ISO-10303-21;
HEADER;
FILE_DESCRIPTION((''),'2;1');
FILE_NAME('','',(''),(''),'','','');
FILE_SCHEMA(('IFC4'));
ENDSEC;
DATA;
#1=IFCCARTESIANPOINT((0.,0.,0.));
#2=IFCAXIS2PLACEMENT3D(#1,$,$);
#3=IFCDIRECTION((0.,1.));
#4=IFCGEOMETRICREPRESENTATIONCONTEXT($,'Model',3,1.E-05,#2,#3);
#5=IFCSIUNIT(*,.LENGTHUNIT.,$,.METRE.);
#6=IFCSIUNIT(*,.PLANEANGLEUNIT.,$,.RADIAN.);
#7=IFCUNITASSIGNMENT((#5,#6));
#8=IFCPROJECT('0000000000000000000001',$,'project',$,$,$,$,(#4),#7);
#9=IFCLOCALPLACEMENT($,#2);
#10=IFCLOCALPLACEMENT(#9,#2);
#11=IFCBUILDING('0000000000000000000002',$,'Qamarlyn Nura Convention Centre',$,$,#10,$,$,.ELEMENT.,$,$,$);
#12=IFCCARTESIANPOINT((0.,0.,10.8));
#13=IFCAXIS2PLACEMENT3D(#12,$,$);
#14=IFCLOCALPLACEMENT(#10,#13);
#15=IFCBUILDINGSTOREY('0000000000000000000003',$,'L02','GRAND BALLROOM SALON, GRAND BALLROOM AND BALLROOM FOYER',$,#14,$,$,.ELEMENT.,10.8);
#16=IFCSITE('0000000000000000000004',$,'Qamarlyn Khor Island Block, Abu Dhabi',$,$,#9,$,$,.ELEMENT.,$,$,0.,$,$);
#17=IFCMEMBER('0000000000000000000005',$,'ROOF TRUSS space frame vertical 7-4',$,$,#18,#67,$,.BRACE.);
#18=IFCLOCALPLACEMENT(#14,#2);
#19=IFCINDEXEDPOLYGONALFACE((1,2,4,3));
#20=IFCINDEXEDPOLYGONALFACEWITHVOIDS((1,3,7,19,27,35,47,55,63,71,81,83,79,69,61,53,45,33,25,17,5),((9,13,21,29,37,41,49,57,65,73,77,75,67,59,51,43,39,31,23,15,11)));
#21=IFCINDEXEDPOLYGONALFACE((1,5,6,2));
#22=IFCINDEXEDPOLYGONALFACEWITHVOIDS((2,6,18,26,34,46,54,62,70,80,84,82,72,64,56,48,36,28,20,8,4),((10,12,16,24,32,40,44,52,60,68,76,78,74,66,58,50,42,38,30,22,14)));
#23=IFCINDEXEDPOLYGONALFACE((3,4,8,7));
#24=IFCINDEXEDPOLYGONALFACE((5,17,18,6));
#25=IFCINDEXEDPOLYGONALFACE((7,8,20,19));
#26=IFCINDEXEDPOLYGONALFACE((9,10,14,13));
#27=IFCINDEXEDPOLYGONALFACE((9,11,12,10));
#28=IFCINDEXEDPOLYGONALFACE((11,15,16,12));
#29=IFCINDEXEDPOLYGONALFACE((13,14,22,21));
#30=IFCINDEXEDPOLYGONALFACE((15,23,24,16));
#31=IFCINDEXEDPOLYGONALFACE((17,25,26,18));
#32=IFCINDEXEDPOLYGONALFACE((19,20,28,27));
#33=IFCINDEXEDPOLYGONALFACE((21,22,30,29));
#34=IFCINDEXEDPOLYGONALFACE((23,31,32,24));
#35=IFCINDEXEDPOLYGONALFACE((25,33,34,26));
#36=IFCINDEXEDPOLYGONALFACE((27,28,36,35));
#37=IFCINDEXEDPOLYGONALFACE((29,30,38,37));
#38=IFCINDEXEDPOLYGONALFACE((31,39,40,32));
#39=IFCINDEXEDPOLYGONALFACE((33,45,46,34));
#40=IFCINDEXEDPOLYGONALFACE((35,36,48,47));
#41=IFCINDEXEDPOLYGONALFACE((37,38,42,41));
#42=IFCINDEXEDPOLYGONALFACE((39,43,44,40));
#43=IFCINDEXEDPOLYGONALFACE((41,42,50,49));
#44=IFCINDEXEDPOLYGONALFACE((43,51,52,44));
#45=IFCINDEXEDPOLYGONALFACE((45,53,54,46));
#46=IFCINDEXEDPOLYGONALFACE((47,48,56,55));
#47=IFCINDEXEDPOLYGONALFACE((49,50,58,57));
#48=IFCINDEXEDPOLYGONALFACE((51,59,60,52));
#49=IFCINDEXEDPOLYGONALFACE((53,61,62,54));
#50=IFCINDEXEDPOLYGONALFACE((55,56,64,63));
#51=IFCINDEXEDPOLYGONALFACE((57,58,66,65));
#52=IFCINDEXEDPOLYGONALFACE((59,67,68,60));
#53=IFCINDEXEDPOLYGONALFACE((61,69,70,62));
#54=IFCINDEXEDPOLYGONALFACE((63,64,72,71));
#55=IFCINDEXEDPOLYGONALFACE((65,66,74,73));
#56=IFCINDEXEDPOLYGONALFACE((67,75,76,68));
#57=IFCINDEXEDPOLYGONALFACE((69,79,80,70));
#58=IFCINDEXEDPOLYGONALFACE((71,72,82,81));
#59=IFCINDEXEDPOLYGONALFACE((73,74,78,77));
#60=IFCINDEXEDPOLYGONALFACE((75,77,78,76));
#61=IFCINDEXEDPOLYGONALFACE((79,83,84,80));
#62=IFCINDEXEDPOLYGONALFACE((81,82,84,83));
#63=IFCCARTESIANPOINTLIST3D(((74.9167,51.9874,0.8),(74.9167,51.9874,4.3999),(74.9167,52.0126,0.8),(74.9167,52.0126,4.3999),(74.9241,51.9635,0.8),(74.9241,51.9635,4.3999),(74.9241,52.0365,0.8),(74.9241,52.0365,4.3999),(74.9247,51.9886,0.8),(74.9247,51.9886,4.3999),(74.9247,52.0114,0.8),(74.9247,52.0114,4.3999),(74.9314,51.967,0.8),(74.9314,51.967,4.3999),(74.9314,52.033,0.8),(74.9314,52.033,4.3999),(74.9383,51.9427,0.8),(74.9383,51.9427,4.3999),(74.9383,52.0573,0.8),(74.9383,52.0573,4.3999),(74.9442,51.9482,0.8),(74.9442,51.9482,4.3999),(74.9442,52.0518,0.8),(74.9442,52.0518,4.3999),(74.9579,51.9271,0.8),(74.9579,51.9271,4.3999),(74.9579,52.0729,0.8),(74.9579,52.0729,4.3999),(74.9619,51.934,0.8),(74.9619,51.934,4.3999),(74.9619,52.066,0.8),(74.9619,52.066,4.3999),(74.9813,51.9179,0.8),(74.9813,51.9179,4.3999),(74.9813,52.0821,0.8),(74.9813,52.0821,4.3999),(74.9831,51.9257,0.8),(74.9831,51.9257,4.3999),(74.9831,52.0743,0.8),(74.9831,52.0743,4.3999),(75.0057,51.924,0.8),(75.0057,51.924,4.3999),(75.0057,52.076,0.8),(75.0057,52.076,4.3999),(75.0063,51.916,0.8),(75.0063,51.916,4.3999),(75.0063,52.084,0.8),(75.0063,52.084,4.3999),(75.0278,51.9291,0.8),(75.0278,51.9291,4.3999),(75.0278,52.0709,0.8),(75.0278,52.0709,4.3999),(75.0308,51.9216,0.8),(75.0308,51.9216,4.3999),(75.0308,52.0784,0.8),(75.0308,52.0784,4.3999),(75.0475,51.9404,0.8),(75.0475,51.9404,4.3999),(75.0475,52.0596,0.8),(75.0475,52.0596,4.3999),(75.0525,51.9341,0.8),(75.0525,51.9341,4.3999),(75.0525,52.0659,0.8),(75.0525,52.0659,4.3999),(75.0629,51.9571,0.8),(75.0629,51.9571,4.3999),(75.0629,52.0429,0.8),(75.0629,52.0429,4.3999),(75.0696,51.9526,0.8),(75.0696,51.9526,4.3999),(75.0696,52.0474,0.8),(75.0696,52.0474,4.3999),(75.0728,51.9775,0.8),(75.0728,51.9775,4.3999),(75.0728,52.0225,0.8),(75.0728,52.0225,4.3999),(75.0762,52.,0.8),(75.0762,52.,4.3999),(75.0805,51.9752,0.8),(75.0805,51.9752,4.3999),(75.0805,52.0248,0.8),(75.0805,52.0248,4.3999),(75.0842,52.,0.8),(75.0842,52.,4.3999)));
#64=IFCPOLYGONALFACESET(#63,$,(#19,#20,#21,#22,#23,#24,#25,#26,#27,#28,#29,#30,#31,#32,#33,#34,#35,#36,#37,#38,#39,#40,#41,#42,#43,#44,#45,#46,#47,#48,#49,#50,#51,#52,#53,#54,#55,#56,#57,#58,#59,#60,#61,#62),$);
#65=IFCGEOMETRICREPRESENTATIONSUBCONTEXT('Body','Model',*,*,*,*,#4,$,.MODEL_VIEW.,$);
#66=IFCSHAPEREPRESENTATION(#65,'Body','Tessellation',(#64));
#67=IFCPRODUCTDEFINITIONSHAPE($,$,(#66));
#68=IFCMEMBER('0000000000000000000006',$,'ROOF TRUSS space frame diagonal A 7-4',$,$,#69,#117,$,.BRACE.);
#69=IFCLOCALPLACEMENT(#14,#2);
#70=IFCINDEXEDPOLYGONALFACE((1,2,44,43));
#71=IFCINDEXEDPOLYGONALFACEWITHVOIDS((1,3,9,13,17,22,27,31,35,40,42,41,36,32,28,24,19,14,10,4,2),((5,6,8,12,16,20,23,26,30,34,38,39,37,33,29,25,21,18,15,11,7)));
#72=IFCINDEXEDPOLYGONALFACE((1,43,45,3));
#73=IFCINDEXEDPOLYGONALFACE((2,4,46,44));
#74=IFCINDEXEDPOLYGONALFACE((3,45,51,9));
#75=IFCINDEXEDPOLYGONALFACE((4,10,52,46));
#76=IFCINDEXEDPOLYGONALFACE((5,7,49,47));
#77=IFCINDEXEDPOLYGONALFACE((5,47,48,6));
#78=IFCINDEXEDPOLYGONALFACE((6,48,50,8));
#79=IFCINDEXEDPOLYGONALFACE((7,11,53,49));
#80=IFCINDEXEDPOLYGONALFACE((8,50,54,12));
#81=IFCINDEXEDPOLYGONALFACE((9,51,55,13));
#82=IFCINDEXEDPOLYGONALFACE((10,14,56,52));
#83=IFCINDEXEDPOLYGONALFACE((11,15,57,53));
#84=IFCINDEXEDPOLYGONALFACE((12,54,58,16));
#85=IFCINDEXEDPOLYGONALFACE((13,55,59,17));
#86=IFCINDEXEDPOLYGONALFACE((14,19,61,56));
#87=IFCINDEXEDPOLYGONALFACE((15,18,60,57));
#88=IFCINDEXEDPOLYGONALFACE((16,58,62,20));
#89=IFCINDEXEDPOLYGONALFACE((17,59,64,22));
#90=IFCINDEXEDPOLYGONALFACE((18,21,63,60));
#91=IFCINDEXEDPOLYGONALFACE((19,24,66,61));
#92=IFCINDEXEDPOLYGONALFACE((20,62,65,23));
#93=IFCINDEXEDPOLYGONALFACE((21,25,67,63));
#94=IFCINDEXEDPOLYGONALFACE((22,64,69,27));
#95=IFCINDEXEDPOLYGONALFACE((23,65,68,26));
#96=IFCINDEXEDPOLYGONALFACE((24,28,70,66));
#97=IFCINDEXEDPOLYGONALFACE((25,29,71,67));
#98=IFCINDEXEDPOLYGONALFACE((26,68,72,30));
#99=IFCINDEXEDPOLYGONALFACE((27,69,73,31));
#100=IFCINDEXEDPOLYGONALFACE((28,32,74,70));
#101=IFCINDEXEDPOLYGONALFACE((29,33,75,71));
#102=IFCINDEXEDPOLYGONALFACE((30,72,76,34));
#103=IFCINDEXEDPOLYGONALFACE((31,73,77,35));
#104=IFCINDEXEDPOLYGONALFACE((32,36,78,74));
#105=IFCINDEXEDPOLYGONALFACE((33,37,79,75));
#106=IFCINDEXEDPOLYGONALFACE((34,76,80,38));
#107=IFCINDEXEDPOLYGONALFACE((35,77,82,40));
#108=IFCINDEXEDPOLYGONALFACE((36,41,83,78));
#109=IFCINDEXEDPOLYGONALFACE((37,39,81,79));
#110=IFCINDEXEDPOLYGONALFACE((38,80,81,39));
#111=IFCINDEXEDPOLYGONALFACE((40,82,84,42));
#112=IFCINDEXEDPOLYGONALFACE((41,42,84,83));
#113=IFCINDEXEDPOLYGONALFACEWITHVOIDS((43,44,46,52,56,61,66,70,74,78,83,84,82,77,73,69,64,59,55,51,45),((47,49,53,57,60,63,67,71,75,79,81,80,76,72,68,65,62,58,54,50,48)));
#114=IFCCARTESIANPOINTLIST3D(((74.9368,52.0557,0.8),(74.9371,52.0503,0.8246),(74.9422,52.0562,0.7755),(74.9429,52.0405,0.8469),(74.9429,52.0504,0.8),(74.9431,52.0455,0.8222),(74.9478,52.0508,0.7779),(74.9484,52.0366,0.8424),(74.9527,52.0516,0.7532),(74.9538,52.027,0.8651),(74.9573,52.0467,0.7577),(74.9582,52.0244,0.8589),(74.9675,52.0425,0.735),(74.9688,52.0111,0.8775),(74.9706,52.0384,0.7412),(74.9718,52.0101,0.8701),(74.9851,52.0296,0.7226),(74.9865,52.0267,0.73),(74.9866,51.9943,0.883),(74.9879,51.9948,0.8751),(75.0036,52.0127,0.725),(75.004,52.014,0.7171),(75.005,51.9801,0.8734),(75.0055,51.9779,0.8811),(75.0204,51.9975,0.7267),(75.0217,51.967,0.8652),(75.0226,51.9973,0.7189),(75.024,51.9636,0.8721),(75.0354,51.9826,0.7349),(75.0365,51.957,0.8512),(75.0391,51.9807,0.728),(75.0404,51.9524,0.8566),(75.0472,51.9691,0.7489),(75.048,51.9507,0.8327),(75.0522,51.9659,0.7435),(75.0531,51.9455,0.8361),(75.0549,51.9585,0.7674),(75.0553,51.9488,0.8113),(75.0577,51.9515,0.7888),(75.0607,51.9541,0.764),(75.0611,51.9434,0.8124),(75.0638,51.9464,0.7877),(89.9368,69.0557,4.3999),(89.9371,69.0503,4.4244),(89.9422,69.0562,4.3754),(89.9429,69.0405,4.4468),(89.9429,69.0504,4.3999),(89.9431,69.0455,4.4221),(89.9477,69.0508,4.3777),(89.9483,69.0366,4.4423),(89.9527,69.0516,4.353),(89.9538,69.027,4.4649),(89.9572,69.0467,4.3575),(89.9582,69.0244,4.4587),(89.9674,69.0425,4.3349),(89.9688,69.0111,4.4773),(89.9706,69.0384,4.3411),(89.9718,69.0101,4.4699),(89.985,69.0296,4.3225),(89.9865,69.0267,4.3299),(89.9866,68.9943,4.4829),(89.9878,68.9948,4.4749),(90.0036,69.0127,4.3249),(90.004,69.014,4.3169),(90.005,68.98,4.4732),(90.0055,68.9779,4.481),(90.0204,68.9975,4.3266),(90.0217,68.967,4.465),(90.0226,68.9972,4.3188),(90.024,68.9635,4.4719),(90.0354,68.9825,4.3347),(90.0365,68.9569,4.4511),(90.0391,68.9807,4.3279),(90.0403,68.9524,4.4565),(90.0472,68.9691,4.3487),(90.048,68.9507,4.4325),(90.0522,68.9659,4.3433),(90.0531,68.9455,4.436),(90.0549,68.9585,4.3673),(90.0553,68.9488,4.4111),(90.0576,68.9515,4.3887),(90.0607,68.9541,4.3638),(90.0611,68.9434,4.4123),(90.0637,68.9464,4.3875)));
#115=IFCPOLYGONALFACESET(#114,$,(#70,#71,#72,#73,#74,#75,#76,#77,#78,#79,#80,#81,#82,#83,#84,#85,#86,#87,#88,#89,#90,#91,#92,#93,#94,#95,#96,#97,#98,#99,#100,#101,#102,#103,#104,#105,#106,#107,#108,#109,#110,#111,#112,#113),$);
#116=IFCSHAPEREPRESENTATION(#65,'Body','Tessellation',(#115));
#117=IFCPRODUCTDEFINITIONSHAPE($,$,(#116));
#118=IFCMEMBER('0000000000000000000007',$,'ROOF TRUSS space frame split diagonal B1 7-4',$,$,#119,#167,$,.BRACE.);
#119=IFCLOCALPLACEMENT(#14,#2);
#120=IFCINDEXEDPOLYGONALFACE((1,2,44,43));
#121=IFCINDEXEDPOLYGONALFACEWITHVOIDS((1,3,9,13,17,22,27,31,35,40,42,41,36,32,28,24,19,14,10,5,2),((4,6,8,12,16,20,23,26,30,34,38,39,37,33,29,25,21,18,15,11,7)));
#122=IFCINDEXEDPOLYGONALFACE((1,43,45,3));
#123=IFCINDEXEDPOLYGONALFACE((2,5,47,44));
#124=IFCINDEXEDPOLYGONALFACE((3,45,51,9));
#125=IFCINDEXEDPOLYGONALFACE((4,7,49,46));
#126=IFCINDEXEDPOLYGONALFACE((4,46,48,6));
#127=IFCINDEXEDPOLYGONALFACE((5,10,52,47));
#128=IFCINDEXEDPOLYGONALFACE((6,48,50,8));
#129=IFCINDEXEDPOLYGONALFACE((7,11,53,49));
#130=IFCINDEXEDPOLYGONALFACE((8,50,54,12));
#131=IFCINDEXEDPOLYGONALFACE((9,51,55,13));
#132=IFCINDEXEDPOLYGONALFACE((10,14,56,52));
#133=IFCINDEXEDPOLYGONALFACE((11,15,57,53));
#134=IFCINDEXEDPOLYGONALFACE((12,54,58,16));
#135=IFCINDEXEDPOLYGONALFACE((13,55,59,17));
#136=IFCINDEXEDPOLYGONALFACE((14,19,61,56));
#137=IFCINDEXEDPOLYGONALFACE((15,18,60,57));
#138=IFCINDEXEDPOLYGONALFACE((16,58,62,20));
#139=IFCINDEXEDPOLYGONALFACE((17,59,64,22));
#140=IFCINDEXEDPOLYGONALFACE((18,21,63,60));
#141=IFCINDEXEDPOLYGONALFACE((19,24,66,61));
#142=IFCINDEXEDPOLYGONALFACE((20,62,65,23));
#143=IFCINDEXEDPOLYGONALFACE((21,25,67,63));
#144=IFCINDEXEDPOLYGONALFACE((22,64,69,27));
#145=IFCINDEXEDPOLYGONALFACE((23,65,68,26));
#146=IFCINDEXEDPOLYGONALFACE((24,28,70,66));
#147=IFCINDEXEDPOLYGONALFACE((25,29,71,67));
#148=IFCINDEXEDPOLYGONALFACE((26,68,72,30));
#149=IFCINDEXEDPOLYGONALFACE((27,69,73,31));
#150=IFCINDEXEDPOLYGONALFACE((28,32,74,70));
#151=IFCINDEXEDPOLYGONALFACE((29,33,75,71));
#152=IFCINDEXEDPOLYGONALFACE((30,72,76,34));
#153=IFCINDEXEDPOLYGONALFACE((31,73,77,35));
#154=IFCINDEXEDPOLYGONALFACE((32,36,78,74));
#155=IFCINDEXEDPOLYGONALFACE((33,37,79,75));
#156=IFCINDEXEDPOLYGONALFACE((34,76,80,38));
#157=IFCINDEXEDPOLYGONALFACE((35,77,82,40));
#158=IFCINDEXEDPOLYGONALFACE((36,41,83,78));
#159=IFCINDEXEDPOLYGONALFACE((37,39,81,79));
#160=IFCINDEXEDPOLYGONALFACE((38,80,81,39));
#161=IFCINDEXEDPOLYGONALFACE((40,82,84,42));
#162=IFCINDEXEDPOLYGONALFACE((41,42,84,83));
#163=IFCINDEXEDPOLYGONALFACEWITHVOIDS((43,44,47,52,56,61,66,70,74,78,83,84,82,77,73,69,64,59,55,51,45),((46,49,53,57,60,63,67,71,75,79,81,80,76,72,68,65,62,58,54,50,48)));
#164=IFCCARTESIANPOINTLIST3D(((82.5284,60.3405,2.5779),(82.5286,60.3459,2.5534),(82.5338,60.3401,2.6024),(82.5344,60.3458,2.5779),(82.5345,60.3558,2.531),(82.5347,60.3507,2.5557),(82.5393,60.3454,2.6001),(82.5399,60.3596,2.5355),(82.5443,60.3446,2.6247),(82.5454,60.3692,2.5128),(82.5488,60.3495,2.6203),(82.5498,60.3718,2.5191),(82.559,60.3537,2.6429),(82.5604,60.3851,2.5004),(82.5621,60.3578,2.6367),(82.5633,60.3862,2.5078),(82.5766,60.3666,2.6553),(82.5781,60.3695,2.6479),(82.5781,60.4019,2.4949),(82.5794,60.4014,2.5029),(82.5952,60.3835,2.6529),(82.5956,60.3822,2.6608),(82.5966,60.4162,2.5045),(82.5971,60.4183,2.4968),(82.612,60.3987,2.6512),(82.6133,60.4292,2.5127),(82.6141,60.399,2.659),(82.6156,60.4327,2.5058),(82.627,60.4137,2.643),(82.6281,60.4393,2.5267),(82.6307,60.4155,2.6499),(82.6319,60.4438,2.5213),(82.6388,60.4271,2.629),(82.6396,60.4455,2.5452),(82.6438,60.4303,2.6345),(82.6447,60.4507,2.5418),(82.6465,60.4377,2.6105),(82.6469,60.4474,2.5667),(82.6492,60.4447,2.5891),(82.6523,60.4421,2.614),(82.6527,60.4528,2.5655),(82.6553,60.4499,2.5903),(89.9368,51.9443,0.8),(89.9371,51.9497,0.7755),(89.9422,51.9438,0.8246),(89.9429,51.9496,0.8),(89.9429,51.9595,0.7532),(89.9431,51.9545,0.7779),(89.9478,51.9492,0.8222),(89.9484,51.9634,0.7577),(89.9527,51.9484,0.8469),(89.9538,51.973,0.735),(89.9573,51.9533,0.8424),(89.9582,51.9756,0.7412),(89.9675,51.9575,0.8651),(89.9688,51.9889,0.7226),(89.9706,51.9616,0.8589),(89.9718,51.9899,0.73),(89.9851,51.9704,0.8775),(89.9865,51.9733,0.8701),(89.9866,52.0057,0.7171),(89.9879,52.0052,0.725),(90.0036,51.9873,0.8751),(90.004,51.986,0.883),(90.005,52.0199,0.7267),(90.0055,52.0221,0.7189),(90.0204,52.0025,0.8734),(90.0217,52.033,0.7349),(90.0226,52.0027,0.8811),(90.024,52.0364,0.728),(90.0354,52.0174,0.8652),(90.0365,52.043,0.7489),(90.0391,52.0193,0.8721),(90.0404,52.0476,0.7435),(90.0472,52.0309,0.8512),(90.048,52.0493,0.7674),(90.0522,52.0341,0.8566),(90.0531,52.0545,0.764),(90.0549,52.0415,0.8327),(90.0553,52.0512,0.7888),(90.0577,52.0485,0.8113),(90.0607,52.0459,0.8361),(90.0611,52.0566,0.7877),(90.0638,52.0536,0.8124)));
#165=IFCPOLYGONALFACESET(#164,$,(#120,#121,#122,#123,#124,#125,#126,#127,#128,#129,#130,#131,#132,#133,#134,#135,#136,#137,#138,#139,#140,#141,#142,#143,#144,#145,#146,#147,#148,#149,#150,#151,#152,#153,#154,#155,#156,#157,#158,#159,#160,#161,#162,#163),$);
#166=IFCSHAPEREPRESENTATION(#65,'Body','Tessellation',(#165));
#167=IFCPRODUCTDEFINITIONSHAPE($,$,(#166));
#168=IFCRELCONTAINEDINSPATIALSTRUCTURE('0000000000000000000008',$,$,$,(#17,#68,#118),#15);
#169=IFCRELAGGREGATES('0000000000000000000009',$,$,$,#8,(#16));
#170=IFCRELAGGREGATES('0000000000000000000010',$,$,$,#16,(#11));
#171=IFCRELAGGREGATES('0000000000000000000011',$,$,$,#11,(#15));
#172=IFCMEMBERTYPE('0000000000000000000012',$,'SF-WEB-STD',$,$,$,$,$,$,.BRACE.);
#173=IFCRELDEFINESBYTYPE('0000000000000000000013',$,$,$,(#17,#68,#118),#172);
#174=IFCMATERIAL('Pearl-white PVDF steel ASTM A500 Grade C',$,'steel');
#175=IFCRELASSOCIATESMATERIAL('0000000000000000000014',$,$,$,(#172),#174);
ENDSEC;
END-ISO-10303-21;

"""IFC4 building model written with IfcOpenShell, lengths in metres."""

from ifc_helpers import new_model, si_unit, direction, frame, origin, origin_2d, place, context, subcontext, project, spatial, hollow_circle, extrude, material, material_profile, profile_set, type_object, element, save


model = new_model("IFC4")

# Units and contexts
model_context = context("Model", 3, precision=1e-05, world=origin(), true_north=direction((0.0, 1.0)))
body_context = subcontext(model_context, "Body", "Model", "MODEL_VIEW")
ifc_project = project(units=[si_unit("LENGTHUNIT", "METRE"), si_unit("PLANEANGLEUNIT", "RADIAN")], contexts=[model_context])

# Site, building, storey
site_placement = place(None, origin())
site = spatial("IfcSite", under=ifc_project, at=site_placement, Name="Qamarlyn Khor Island Block, Abu Dhabi", CompositionType="ELEMENT", RefElevation=0.0)
building_placement = place(site_placement, origin())
building = spatial("IfcBuilding", under=site, at=building_placement, Name="Qamarlyn Nura Convention Centre", CompositionType="ELEMENT")
storey_placement = place(building_placement, frame((0.0, 0.0, 10.8)))
storey = spatial("IfcBuildingStorey", under=building, at=storey_placement, Name="L02", Description="GRAND BALLROOM SALON, GRAND BALLROOM AND BALLROOM FOYER", CompositionType="ELEMENT", Elevation=10.8)

# Members
ifc_material_1 = material(Name="Pearl-white PVDF steel ASTM A500 Grade C", Category="steel")
ifc_material_profile_1 = material_profile(ifc_material_1, hollow_circle(Radius=0.0842, WallThickness=0.0081, at=origin_2d()), Name="CHS168.3X8")
ifc_profile_set_1 = profile_set([ifc_material_profile_1], Name="Pearl-white PVDF steel ASTM A500 Grade C")
member_type_1 = type_object("IfcMemberType", Name="SF-WEB-STD", PredefinedType="BRACE", material=ifc_profile_set_1)
member_1_placement = place(storey_placement, frame((75.0, 52.0, 0.8), z_axis=(0.0, 0.0, 1.0), x_axis=(1.0, 0.0, 0.0)))
element("IfcMember", 1, at=member_1_placement, inside=storey, type_object=member_type_1, Name="ROOF TRUSS space frame vertical 7-4", PredefinedType="BRACE", context=body_context, shape_type="SweptSolid", body=[
    extrude(hollow_circle(Radius=0.0842, WallThickness=0.0081, at=origin_2d()), origin(), (0.0, 0.0, 1.0), 3.5999),
])
member_2_placement = place(storey_placement, frame((75.0, 52.0, 0.8), z_axis=(0.653436, 0.74056, 0.156818), x_axis=(-0.749838, 0.661622, 0.0)))
element("IfcMember", 2, at=member_2_placement, inside=storey, type_object=member_type_1, Name="ROOF TRUSS space frame diagonal A 7-4", PredefinedType="BRACE", context=body_context, shape_type="SweptSolid", body=[
    extrude(hollow_circle(Radius=0.0842, WallThickness=0.0081, at=origin_2d()), origin(), (0.0, 0.0, 1.0), 22.9556),
])
for number, where, z_axis, x_axis, name in (
    (3, (90.0, 52.0, 0.8), (-0.653437, 0.740562, 0.156808), (-0.749838, -0.661622, 0.0), "ROOF TRUSS space frame split diagonal B1 7-4"),
):
    element("IfcMember", number, at=place(storey_placement, frame(where, z_axis=z_axis, x_axis=x_axis)), inside=storey, type_object=member_type_1, Name=name, PredefinedType="BRACE", context=body_context, shape_type="SweptSolid", body=[
        extrude(hollow_circle(Radius=0.0842, WallThickness=0.0081, at=origin_2d()), origin(), (0.0, 0.0, 1.0), 11.3376),
    ])

save(model, "model.ifc")
